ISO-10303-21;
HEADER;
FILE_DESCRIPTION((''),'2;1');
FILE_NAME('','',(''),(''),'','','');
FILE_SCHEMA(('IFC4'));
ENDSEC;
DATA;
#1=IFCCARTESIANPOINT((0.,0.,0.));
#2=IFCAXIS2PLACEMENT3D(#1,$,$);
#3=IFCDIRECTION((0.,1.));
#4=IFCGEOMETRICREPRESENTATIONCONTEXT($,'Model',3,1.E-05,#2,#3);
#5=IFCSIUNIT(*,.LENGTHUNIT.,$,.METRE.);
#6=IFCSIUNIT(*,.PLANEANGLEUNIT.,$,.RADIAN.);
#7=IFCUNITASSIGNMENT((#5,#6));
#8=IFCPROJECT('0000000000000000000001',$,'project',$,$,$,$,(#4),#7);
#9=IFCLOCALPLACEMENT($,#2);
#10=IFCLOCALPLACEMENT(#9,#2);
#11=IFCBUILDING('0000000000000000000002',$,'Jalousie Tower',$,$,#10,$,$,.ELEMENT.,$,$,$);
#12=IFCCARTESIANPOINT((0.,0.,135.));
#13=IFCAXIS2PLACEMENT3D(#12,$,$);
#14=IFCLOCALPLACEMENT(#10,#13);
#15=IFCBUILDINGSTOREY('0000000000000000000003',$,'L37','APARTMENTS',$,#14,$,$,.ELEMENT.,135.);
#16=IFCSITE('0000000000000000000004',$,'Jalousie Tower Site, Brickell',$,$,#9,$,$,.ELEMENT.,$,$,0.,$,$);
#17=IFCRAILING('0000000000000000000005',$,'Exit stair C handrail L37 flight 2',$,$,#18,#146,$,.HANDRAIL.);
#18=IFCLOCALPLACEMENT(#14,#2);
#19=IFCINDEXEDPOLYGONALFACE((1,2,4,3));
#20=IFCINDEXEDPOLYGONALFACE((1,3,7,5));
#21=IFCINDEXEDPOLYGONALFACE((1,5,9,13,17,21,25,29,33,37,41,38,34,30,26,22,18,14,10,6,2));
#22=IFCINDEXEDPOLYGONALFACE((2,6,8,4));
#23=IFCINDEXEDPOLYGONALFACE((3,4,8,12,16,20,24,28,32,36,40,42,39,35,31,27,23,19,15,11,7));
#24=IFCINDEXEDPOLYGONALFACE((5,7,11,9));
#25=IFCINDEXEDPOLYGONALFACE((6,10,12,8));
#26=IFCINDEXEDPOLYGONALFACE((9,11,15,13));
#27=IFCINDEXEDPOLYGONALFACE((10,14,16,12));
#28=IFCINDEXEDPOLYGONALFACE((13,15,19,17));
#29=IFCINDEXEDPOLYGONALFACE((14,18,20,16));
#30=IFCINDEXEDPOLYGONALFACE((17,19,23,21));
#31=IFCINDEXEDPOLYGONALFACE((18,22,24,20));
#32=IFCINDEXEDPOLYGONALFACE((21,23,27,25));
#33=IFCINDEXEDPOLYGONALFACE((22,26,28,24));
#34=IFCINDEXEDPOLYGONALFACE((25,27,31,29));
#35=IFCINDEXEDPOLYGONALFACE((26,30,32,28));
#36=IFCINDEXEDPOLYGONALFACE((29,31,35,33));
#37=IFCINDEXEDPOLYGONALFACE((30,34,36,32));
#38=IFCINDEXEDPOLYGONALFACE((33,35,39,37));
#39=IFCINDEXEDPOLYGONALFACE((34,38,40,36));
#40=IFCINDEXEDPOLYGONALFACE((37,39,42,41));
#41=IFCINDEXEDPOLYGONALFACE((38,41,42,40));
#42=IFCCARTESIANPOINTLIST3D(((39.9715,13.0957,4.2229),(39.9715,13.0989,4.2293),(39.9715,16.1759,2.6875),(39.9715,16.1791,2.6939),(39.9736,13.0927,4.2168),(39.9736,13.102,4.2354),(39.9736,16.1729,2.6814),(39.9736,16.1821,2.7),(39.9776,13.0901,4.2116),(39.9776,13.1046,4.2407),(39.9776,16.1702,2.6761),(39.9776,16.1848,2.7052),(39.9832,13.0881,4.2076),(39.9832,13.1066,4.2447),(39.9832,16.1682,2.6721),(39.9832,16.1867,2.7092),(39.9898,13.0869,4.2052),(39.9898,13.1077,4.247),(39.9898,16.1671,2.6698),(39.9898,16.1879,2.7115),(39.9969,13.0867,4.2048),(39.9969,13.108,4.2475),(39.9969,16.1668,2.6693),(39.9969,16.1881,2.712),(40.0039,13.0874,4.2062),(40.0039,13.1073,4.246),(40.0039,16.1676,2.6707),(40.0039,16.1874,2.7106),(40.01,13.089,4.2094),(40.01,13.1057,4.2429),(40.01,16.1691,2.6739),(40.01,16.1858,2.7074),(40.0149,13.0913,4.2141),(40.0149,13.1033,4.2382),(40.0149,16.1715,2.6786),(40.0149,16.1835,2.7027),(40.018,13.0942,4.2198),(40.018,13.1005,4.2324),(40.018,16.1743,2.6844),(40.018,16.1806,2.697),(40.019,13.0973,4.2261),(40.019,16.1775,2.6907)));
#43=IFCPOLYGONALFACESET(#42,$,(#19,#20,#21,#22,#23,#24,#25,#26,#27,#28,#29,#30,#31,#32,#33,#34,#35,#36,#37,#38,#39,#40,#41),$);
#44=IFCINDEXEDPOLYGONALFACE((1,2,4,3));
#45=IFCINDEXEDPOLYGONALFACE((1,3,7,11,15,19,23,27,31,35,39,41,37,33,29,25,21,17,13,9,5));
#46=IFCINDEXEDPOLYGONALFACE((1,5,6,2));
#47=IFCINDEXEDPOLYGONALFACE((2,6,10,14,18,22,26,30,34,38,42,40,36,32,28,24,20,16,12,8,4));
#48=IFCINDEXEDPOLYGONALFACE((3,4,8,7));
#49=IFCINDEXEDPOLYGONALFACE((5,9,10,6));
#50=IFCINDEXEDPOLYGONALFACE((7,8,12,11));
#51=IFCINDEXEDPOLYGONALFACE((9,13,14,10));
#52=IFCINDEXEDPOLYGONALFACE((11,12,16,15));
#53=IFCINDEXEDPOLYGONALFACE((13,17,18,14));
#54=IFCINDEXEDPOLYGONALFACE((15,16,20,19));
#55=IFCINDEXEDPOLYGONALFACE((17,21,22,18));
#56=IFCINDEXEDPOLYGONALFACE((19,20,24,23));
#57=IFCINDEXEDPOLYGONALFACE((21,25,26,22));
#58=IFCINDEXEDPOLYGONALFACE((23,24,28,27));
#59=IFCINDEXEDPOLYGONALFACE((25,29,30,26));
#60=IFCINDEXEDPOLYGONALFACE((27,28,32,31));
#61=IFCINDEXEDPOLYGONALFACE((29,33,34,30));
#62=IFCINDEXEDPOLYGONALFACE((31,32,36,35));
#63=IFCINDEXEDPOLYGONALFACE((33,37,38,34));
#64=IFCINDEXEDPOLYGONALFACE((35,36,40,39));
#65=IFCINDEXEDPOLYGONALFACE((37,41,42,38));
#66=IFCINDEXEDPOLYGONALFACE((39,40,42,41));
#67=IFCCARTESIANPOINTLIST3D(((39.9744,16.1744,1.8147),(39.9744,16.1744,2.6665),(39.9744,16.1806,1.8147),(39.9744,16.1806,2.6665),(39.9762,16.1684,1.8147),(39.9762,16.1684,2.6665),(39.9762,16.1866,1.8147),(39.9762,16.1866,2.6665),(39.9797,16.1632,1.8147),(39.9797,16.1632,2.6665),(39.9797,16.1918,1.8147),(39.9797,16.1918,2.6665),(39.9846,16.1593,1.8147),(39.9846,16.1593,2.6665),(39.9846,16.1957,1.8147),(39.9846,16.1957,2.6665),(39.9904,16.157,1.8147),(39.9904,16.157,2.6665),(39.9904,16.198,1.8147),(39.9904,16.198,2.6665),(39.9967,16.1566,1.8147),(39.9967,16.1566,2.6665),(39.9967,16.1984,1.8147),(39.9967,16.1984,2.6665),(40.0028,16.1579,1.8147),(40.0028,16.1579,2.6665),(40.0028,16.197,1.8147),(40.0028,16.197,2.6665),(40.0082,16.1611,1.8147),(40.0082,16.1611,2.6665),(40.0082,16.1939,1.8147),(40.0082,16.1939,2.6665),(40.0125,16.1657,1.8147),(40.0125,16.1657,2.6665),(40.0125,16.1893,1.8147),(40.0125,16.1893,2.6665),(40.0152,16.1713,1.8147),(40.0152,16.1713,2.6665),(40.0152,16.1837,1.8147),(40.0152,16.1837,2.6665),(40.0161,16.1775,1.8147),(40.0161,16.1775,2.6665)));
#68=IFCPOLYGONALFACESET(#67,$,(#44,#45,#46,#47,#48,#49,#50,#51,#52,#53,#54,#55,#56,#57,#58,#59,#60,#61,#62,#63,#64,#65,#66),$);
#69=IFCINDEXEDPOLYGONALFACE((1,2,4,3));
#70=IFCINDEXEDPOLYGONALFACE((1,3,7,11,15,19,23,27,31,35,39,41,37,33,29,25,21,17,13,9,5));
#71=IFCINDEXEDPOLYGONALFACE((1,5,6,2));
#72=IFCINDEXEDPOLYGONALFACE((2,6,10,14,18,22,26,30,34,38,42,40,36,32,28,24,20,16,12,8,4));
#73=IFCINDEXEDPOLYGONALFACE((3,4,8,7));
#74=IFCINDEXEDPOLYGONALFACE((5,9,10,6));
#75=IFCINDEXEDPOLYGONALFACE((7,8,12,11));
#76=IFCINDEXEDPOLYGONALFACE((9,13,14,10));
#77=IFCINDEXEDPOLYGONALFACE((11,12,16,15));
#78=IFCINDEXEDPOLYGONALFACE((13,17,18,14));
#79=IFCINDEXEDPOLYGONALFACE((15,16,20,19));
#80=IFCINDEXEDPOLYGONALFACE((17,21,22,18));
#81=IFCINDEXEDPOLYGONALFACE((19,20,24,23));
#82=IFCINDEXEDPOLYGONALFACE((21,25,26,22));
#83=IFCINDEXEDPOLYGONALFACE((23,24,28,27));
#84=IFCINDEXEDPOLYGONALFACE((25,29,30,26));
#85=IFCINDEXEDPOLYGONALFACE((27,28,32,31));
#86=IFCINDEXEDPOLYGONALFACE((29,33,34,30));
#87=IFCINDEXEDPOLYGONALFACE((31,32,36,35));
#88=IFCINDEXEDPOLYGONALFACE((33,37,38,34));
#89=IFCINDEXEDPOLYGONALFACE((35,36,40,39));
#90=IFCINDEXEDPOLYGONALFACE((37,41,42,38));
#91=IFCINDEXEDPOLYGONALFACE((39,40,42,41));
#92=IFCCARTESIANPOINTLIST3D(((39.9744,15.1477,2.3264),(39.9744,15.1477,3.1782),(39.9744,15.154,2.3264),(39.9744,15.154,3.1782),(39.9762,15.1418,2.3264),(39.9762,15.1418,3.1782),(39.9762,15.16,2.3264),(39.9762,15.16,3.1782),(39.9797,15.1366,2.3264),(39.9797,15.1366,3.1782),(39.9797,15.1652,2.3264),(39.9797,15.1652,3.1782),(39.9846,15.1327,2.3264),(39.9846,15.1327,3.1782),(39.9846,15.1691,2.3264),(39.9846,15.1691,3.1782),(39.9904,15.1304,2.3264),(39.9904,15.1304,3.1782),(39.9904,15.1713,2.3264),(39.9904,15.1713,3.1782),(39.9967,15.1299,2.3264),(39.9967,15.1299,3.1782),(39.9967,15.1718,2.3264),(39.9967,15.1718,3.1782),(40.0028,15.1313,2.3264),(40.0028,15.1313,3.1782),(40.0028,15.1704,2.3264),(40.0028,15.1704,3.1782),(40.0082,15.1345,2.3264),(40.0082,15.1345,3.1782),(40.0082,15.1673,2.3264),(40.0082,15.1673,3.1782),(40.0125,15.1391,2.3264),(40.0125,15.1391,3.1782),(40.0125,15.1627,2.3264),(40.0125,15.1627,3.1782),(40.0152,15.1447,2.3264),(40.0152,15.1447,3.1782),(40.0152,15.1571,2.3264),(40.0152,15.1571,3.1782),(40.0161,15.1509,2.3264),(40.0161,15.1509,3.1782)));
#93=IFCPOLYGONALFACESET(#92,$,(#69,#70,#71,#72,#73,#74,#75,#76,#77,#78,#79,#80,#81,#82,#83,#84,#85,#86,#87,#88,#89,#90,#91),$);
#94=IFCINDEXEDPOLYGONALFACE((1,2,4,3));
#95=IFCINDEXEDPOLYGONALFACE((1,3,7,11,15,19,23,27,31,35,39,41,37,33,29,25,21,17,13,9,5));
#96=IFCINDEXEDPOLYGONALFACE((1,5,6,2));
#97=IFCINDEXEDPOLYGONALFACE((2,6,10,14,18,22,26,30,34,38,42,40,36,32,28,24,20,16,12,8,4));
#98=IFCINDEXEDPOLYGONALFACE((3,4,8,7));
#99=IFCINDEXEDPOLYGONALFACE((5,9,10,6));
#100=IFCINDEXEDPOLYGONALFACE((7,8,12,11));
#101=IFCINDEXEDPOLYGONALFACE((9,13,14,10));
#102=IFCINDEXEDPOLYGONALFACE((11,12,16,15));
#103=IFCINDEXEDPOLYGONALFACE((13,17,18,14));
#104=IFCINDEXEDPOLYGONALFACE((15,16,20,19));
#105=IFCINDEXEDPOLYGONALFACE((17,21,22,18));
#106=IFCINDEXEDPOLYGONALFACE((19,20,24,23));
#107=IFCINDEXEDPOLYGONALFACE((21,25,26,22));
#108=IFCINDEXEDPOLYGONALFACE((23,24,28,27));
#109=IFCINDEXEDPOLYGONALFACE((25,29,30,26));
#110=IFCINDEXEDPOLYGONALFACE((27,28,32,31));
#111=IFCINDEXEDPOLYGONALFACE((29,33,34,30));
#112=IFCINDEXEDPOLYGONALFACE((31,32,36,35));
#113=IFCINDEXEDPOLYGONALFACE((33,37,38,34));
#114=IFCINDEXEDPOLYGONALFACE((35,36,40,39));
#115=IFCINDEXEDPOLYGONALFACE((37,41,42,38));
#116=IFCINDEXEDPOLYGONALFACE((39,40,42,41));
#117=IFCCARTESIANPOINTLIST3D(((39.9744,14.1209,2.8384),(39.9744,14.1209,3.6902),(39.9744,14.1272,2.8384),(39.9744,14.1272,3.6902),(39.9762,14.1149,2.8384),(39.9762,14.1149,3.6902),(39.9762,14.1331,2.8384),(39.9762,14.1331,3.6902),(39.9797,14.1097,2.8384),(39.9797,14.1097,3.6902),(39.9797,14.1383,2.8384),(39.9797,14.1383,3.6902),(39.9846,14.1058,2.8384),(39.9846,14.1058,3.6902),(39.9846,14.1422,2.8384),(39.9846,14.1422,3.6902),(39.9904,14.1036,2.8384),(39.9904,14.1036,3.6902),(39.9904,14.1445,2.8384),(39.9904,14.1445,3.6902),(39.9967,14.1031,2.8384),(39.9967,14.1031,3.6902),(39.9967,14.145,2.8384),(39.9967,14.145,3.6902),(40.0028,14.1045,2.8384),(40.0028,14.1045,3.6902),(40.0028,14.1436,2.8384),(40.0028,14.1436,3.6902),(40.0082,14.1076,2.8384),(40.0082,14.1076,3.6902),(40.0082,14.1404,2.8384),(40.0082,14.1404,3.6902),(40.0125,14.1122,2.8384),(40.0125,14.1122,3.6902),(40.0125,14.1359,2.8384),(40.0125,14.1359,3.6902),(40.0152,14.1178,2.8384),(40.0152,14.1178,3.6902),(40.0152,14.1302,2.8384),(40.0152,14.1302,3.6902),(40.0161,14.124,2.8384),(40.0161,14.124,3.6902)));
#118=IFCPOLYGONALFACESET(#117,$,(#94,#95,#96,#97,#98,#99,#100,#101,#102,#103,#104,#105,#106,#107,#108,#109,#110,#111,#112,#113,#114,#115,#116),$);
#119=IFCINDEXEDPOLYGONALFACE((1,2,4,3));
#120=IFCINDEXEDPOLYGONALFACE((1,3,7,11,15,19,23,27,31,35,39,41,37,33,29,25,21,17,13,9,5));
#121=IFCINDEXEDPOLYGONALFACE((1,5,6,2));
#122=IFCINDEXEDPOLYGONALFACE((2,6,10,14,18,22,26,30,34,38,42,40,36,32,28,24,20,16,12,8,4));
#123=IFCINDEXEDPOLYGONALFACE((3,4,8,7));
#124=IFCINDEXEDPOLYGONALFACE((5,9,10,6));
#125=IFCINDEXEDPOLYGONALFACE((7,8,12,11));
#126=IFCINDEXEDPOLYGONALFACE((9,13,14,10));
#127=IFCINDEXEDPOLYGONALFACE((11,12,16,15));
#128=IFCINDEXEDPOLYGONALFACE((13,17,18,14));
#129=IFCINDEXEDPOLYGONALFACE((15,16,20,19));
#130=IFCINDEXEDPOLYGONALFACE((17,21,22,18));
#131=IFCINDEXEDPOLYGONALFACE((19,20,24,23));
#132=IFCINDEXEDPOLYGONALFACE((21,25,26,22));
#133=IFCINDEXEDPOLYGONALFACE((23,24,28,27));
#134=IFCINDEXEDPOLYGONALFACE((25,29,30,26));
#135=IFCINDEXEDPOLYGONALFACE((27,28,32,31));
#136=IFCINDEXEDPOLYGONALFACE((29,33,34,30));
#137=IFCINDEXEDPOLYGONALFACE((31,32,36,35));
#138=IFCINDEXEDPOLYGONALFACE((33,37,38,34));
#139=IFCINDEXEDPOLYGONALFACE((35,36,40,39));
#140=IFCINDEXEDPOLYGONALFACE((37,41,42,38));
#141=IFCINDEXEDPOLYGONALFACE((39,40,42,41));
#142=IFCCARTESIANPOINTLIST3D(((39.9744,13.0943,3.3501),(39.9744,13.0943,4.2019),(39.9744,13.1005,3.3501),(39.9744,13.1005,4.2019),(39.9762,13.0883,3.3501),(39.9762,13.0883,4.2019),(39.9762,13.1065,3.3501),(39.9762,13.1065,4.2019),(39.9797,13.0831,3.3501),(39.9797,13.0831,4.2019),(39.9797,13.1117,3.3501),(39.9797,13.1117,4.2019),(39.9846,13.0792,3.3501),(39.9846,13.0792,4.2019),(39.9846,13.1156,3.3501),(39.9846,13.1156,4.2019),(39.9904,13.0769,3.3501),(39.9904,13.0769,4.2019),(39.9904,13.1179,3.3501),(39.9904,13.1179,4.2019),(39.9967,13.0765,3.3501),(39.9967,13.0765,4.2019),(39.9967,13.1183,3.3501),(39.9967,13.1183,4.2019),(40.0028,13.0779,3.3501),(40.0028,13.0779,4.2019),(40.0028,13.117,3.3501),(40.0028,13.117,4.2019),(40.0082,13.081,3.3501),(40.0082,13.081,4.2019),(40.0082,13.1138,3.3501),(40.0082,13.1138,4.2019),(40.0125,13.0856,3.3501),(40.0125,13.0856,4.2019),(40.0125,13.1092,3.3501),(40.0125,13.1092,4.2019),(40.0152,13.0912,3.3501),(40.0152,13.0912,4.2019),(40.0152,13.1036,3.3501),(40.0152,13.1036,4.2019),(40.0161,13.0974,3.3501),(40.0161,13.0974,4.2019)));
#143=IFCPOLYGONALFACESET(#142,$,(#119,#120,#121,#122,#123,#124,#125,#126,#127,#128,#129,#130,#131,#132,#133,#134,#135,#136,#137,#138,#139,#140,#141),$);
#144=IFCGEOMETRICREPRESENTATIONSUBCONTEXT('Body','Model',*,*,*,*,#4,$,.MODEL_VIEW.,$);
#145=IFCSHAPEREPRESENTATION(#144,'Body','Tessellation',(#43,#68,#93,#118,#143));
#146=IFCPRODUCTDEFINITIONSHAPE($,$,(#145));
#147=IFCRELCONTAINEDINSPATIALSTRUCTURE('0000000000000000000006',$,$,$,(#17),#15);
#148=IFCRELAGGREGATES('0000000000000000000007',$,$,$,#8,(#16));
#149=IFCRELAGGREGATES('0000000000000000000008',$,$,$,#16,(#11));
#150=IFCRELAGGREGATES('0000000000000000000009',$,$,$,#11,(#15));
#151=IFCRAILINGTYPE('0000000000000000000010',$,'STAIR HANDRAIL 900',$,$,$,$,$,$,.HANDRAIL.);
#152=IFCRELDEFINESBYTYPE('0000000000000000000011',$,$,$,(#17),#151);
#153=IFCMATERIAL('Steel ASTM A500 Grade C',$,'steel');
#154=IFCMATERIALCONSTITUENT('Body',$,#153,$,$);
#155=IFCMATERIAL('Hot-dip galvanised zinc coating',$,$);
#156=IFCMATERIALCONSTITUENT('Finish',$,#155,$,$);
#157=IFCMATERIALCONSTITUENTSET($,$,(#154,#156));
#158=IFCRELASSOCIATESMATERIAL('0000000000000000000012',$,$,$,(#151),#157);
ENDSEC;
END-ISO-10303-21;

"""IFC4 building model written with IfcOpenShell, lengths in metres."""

from ifc_helpers import new_model, si_unit, direction, frame, origin, origin_2d, place, context, subcontext, project, spatial, circle, extrude, material, constituent, constituent_set, type_object, element, save


model = new_model("IFC4")

# Units and contexts
model_context = context("Model", 3, precision=1e-05, world=origin(), true_north=direction((0.0, 1.0)))
body_context = subcontext(model_context, "Body", "Model", "MODEL_VIEW")
ifc_project = project(units=[si_unit("LENGTHUNIT", "METRE"), si_unit("PLANEANGLEUNIT", "RADIAN")], contexts=[model_context])

# Site, building, storey
site_placement = place(None, origin())
site = spatial("IfcSite", under=ifc_project, at=site_placement, Name="Jalousie Tower Site, Brickell", CompositionType="ELEMENT", RefElevation=0.0)
building_placement = place(site_placement, origin())
building = spatial("IfcBuilding", under=site, at=building_placement, Name="Jalousie Tower", CompositionType="ELEMENT")
storey_placement = place(building_placement, frame((0.0, 0.0, 135.0)))
storey = spatial("IfcBuildingStorey", under=building, at=storey_placement, Name="L37", Description="APARTMENTS", CompositionType="ELEMENT", Elevation=135.0)

# Railing
ifc_material_1 = material(Name="Steel ASTM A500 Grade C", Category="steel")
ifc_constituent_1 = constituent(ifc_material_1, Name="Body")
ifc_material_2 = material(Name="Hot-dip galvanised zinc coating")
ifc_constituent_2 = constituent(ifc_material_2, Name="Finish")
ifc_constituent_set_1 = constituent_set(constituents=[ifc_constituent_1, ifc_constituent_2])
railing_type_1 = type_object("IfcRailingType", Name="STAIR HANDRAIL 900", PredefinedType="HANDRAIL", material=ifc_constituent_set_1)
railing_1_placement = place(storey_placement, frame((39.9951, 16.1775, 1.8147)))
element("IfcRailing", 1, at=railing_1_placement, inside=storey, type_object=railing_type_1, Name="Exit stair C handrail L37 flight 2", PredefinedType="HANDRAIL", context=body_context, shape_type="SweptSolid", body=[
    extrude(circle(Radius=0.0239, at=origin_2d()), frame((0.0, 0.0, 0.876), z_axis=(0.0, -0.894966, 0.446135), x_axis=(1.0, 0.0, 0.0)), (0.0, 0.0, 1.0), 3.4417),
    extrude(circle(Radius=0.021, at=origin_2d()), origin(), (0.0, 0.0, 1.0), 0.8518),
    extrude(circle(Radius=0.021, at=origin_2d()), frame((0.0, -1.0266, 0.5117)), (0.0, 0.0, 1.0), 0.8518),
    extrude(circle(Radius=0.021, at=origin_2d()), frame((0.0, -2.0535, 1.0237)), (0.0, 0.0, 1.0), 0.8518),
    extrude(circle(Radius=0.021, at=origin_2d()), frame((0.0, -3.0801, 1.5354)), (0.0, 0.0, 1.0), 0.8518),
])

save(model, "model.ifc")
